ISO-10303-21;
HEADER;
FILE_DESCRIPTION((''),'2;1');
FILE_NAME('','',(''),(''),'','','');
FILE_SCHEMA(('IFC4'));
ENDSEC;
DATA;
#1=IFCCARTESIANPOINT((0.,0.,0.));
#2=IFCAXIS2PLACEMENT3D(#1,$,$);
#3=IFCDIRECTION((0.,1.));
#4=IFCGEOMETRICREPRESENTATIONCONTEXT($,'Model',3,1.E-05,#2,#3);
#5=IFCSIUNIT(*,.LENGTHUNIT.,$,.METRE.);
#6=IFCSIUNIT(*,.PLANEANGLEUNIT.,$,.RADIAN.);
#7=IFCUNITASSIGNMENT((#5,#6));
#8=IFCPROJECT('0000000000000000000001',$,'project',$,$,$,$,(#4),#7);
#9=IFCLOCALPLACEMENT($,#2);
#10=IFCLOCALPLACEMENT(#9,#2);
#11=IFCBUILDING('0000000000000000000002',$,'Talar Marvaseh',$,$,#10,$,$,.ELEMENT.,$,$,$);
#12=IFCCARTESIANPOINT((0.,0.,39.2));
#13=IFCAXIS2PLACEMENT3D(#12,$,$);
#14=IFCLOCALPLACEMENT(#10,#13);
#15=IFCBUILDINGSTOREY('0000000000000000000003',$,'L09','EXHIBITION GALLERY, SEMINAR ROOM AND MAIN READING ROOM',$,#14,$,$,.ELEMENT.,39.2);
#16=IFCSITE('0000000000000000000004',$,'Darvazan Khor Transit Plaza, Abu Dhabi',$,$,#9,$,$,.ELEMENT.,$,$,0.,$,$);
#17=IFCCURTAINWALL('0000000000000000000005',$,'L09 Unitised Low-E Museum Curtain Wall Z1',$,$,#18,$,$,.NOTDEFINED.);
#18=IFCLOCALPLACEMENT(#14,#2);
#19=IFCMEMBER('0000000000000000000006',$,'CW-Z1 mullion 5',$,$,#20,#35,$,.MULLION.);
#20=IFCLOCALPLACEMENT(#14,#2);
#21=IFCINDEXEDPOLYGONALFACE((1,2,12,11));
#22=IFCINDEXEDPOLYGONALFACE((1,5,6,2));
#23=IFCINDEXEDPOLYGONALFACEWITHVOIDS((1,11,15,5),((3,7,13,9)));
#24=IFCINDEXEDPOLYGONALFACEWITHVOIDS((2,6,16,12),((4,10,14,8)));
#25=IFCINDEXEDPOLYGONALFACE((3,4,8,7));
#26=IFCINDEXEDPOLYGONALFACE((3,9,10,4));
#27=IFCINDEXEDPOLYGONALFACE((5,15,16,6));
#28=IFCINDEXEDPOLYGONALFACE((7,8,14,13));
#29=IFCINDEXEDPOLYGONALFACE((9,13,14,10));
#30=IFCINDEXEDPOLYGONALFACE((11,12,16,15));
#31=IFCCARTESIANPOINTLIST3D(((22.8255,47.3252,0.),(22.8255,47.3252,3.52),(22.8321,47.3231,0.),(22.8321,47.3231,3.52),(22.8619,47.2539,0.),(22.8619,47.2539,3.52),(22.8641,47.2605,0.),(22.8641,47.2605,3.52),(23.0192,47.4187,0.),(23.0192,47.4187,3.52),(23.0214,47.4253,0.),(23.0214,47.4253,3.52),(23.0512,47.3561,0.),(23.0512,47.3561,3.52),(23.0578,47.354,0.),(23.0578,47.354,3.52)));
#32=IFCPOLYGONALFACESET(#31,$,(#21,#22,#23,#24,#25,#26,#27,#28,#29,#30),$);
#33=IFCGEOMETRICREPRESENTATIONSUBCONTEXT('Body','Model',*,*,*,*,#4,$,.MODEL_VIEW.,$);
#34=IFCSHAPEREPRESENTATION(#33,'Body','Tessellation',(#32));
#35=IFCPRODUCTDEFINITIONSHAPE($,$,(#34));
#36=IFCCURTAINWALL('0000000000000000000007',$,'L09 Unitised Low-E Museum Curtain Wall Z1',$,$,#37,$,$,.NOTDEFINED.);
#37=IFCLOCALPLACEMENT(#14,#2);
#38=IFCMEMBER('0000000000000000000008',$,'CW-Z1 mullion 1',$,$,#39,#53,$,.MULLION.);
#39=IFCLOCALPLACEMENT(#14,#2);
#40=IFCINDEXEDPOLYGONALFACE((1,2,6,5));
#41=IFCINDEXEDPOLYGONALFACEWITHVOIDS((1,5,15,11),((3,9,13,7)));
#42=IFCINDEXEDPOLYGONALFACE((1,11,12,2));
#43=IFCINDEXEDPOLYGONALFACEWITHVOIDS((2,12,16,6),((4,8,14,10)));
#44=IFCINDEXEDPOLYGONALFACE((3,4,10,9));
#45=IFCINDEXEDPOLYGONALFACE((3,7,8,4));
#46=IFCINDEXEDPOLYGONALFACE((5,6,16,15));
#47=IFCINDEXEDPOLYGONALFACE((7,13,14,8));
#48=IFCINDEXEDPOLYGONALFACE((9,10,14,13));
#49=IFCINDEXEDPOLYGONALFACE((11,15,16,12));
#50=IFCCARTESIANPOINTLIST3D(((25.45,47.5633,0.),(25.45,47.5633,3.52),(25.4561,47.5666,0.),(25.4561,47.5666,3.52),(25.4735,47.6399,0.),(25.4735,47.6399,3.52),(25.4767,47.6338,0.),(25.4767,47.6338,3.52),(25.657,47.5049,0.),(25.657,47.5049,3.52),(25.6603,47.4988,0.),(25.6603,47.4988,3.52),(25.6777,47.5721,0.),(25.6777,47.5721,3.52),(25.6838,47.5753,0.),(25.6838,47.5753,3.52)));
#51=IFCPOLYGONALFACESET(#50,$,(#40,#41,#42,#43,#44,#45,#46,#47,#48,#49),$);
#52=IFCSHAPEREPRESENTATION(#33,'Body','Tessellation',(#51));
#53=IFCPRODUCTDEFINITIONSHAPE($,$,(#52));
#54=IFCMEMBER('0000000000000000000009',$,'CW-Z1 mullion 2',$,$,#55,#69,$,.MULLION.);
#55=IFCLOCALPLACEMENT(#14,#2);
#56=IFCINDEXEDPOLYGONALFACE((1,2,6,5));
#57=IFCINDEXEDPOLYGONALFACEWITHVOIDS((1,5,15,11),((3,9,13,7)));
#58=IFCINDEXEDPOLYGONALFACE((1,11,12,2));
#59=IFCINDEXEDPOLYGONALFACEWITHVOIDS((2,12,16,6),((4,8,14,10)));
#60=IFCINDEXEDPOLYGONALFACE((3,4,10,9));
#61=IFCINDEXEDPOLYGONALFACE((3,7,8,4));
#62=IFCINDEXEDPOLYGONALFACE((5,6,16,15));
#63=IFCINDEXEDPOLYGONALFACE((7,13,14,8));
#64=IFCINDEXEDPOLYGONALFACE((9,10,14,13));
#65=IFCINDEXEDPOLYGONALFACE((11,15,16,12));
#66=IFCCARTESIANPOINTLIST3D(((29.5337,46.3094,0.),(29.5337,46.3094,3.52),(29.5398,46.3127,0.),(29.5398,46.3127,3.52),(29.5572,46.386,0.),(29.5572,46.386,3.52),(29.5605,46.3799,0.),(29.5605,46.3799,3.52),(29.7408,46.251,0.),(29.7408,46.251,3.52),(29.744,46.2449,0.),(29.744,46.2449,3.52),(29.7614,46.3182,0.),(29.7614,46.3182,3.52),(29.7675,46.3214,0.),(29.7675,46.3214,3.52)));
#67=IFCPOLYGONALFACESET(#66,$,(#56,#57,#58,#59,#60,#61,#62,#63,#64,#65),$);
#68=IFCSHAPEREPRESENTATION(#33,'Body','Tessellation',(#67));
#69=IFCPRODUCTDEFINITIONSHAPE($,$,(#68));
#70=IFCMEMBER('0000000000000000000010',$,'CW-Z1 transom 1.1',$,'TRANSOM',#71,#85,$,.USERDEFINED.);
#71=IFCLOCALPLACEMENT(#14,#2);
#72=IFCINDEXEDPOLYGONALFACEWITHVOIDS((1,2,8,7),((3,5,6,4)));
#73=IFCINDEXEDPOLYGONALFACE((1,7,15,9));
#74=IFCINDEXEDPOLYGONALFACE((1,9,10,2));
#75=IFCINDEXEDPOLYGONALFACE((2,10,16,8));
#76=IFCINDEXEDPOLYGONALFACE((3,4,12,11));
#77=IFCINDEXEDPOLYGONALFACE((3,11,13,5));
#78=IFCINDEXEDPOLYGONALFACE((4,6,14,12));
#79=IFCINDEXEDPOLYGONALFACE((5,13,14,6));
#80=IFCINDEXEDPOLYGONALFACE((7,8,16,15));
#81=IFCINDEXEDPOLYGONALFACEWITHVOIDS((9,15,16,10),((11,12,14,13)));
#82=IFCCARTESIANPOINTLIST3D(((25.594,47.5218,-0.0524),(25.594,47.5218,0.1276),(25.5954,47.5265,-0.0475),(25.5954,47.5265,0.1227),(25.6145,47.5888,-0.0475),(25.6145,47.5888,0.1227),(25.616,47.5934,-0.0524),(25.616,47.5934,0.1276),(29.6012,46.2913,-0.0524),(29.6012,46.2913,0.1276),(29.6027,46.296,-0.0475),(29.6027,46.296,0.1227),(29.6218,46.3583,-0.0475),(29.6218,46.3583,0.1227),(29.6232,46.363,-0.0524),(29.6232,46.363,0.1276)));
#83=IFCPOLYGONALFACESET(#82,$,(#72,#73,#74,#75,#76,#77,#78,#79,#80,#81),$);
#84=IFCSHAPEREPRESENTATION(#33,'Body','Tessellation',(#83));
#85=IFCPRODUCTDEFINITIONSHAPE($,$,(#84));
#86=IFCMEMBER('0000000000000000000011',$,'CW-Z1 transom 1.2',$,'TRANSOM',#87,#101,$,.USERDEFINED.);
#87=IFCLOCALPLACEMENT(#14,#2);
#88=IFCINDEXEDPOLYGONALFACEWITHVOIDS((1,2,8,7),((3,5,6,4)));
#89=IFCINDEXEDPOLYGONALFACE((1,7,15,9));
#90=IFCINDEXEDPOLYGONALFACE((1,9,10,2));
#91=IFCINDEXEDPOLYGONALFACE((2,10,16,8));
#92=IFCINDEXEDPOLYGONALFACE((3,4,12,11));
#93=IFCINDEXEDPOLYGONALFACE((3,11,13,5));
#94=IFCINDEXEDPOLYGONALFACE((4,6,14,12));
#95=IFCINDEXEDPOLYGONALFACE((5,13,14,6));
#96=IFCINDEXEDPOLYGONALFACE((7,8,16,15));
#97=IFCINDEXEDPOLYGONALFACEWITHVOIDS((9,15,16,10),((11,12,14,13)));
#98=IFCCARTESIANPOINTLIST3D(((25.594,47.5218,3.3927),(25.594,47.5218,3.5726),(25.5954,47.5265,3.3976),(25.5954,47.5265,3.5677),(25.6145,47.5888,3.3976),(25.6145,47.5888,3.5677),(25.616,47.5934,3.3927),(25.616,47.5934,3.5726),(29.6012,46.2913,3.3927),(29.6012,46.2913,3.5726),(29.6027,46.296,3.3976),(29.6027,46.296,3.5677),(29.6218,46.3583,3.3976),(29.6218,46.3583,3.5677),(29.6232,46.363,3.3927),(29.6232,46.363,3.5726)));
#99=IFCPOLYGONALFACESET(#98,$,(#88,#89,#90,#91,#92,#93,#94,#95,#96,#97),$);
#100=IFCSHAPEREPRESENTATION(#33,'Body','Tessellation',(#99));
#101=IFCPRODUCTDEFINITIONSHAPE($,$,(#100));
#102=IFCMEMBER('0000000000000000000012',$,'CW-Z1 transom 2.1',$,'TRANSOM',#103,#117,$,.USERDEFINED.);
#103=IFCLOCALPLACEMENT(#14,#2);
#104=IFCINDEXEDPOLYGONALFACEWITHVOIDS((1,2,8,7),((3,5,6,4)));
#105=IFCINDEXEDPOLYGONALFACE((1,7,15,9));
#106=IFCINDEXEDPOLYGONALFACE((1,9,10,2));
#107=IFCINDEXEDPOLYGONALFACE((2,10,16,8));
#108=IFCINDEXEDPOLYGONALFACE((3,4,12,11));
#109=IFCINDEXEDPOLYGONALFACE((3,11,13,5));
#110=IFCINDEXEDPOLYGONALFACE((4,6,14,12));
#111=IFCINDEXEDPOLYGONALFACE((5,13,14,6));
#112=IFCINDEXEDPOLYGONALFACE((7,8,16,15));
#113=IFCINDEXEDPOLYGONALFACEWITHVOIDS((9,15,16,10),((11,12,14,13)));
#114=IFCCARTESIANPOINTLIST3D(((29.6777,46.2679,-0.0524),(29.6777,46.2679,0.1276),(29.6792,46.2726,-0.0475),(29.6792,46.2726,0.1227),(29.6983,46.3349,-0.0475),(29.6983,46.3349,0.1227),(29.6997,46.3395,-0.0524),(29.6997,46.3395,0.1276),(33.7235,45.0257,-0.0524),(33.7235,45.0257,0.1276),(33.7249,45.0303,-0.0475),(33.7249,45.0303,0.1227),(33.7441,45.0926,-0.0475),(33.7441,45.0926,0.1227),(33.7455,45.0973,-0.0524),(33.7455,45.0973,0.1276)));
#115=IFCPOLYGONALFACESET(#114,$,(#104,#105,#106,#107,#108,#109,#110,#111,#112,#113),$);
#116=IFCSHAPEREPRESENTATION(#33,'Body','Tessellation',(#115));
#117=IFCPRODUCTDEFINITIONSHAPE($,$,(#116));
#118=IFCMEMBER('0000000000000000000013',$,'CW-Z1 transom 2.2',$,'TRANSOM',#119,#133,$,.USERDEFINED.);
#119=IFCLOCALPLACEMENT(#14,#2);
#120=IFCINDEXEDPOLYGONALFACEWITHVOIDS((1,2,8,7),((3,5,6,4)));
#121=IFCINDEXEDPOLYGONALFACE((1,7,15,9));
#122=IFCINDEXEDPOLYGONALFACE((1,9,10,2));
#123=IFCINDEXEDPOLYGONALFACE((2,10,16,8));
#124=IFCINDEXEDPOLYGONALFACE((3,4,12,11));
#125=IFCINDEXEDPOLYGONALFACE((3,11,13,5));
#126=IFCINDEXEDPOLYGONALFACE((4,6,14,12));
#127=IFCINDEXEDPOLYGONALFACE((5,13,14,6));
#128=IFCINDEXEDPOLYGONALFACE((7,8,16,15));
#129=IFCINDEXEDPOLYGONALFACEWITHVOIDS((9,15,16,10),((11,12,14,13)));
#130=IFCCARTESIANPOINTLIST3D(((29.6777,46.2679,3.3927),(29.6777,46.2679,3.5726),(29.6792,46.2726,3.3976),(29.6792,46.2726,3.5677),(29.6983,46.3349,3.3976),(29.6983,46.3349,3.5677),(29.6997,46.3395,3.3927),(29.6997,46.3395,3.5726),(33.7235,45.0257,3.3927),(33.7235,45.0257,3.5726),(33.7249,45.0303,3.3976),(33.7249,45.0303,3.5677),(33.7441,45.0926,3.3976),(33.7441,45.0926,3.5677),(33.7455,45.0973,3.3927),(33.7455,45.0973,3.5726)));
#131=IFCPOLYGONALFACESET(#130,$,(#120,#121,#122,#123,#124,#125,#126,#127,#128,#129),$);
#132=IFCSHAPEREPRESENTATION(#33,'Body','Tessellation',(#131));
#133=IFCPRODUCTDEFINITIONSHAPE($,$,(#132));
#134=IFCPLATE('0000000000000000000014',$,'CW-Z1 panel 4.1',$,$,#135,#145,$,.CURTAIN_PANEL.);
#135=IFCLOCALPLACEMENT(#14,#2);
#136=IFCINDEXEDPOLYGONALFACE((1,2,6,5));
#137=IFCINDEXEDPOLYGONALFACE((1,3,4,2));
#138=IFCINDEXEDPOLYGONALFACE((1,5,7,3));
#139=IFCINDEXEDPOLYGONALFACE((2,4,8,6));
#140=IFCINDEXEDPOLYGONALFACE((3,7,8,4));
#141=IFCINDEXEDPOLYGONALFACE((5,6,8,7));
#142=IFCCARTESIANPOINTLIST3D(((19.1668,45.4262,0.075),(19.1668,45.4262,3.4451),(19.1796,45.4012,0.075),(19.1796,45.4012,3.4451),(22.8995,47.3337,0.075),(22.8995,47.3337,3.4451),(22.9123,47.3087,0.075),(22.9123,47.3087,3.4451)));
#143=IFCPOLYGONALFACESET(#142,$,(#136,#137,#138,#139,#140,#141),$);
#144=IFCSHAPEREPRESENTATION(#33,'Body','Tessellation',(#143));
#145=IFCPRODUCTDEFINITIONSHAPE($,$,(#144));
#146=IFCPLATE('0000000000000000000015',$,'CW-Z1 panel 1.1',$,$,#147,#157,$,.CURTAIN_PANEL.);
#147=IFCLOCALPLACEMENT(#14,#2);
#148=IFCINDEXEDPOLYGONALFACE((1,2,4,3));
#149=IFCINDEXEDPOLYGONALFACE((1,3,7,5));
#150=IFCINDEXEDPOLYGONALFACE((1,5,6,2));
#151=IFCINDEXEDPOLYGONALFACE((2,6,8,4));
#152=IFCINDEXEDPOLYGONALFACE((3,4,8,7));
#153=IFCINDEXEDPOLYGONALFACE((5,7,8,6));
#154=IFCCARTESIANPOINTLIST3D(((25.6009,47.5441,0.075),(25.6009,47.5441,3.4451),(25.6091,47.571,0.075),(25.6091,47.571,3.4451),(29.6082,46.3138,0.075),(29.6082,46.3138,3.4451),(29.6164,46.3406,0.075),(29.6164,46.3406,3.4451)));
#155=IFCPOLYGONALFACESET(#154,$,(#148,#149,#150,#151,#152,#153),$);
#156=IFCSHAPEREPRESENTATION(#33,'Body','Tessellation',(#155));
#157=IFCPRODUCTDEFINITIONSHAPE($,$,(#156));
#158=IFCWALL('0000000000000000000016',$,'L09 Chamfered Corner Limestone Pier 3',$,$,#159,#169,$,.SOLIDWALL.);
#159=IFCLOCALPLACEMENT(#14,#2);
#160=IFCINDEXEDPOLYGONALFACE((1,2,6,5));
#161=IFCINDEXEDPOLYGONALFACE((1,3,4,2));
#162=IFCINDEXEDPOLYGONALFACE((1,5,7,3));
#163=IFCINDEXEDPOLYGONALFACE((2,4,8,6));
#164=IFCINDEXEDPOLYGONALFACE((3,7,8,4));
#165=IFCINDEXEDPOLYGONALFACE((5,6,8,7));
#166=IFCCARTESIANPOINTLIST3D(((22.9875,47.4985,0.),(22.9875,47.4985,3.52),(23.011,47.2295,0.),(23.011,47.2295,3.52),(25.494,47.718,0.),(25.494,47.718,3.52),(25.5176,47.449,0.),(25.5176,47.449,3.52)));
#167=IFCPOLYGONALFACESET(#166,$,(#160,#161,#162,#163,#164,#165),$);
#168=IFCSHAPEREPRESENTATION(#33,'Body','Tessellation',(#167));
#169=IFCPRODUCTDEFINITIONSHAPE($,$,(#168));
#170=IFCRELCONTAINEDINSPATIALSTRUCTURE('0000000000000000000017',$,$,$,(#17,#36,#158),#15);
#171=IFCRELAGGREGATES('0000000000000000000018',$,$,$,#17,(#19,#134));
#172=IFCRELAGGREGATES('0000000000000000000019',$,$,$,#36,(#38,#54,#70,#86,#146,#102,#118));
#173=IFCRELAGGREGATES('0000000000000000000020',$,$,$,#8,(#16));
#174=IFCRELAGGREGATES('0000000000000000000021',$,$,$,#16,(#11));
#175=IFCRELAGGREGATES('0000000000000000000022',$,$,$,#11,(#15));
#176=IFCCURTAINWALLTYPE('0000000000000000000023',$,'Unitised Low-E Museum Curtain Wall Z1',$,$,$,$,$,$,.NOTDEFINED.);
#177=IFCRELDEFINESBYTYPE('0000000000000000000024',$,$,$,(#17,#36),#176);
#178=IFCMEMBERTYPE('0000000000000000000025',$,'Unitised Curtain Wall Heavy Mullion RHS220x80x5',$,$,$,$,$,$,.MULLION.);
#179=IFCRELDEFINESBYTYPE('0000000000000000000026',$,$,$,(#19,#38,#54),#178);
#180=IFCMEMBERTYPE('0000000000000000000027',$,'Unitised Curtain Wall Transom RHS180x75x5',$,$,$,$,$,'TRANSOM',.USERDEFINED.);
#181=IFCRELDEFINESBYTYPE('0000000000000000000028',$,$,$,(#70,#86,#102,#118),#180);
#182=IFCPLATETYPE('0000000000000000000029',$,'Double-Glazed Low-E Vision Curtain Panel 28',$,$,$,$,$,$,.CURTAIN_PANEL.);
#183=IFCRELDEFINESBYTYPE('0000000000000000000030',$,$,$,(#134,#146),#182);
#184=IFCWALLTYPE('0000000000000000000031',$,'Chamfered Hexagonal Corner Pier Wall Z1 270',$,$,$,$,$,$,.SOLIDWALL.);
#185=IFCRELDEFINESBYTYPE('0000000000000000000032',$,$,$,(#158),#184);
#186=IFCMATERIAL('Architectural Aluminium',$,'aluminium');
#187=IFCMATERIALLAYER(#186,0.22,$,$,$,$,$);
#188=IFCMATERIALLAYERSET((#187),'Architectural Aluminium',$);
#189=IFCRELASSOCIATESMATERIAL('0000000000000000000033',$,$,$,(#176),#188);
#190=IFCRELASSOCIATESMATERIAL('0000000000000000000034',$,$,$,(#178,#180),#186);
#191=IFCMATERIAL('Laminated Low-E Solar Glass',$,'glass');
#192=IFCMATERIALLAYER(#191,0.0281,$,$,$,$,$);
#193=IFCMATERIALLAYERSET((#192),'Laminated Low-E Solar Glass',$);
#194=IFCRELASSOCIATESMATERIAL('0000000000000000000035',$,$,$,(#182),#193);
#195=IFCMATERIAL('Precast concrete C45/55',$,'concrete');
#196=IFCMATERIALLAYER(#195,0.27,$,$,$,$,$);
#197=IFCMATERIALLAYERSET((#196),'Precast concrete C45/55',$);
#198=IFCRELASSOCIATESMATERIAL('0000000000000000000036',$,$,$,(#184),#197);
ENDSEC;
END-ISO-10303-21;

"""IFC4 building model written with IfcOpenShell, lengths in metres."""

from ifc_helpers import new_model, si_unit, direction, frame, frame_2d, origin, origin_2d, place, context, subcontext, project, spatial, rectangle, hollow_rectangle, extrude, source, transform, mapped, material, layer, layer_set, material_profile, profile_set, type_object, type_shapes, element, aggregate, save


model = new_model("IFC4")

# Units and contexts
model_context = context("Model", 3, precision=1e-05, world=origin(), true_north=direction((0.0, 1.0)))
body_context = subcontext(model_context, "Body", "Model", "MODEL_VIEW")
ifc_project = project(units=[si_unit("LENGTHUNIT", "METRE"), si_unit("PLANEANGLEUNIT", "RADIAN")], contexts=[model_context])

# Site, building, storey
site_placement = place(None, origin())
site = spatial("IfcSite", under=ifc_project, at=site_placement, Name="Darvazan Khor Transit Plaza, Abu Dhabi", CompositionType="ELEMENT", RefElevation=0.0)
building_placement = place(site_placement, origin())
building = spatial("IfcBuilding", under=site, at=building_placement, Name="Talar Marvaseh", CompositionType="ELEMENT")
storey_placement = place(building_placement, frame((0.0, 0.0, 39.2)))
storey = spatial("IfcBuildingStorey", under=building, at=storey_placement, Name="L09", Description="EXHIBITION GALLERY, SEMINAR ROOM AND MAIN READING ROOM", CompositionType="ELEMENT", Elevation=39.2)

# Curtain wall, member
ifc_material_1 = material(Name="Architectural Aluminium", Category="aluminium")
ifc_layer_1 = layer(ifc_material_1, 0.22)
ifc_layer_set_1 = layer_set([ifc_layer_1], Name="Architectural Aluminium")
curtain_wall_type = type_object("IfcCurtainWallType", Name="Unitised Low-E Museum Curtain Wall Z1", PredefinedType="NOTDEFINED", material=ifc_layer_set_1)
curtain_wall_1_placement = place(storey_placement, origin())
curtain_wall_1 = element("IfcCurtainWall", 1, at=curtain_wall_1_placement, inside=storey, type_object=curtain_wall_type, Name="L09 Unitised Low-E Museum Curtain Wall Z1", PredefinedType="NOTDEFINED")
ifc_material_profile_1 = material_profile(ifc_material_1, hollow_rectangle(XDim=0.0801, YDim=0.22, WallThickness=0.0049, at=origin_2d()), Name="RHS220x80x5")
ifc_profile_set_1 = profile_set([ifc_material_profile_1], Name="Architectural Aluminium")
member_type_1 = type_object("IfcMemberType", Name="Unitised Curtain Wall Heavy Mullion RHS220x80x5", PredefinedType="MULLION", material=ifc_profile_set_1)
shared_shape_1 = source(origin(), body_context, "Body", "SweptSolid", [
    extrude(hollow_rectangle(XDim=0.0801, YDim=0.22, WallThickness=0.0049, at=origin_2d()), origin(), (0.0, 0.0, 1.0), 3.52),
])
type_shapes(member_type_1, [shared_shape_1])
member_1_placement = place(storey_placement, frame((22.9417, 47.3396, 0.0), z_axis=(0.0, 0.0, 1.0), x_axis=(-0.455044, 0.890469, 0.0)))
member_1 = element("IfcMember", 2, at=member_1_placement, type_object=member_type_1, Name="CW-Z1 mullion 5", PredefinedType="MULLION", context=body_context, shape_type="MappedRepresentation", body=[
    mapped(shared_shape_1, transform((0.0, 0.0, 0.0), x_axis=(1.0, 0.0, 0.0), y_axis=(0.0, 1.0, 0.0), z_axis=(0.0, 0.0, 1.0), scale=1.0)),
])

# Curtain wall, members
curtain_wall_2_placement = place(storey_placement, origin())
curtain_wall_2 = element("IfcCurtainWall", 3, at=curtain_wall_2_placement, inside=storey, type_object=curtain_wall_type, Name="L09 Unitised Low-E Museum Curtain Wall Z1", PredefinedType="NOTDEFINED")
member_2_placement = place(storey_placement, frame((25.5669, 47.5693, 0.0), z_axis=(0.0, 0.0, 1.0), x_axis=(0.293508, 0.955956, 0.0)))
member_2 = element("IfcMember", 4, at=member_2_placement, type_object=member_type_1, Name="CW-Z1 mullion 1", PredefinedType="MULLION", context=body_context, shape_type="MappedRepresentation", body=[
    mapped(shared_shape_1, transform((0.0, 0.0, 0.0), x_axis=(1.0, 0.0, 0.0), y_axis=(0.0, 1.0, 0.0), z_axis=(0.0, 0.0, 1.0), scale=1.0)),
])
member_3_placement = place(storey_placement, frame((29.6506, 46.3154, 0.0), z_axis=(0.0, 0.0, 1.0), x_axis=(0.293508, 0.955956, 0.0)))
member_3 = element("IfcMember", 5, at=member_3_placement, type_object=member_type_1, Name="CW-Z1 mullion 2", PredefinedType="MULLION", context=body_context, shape_type="MappedRepresentation", body=[
    mapped(shared_shape_1, transform((0.0, 0.0, 0.0), x_axis=(1.0, 0.0, 0.0), y_axis=(0.0, 1.0, 0.0), z_axis=(0.0, 0.0, 1.0), scale=1.0)),
])
ifc_material_profile_2 = material_profile(ifc_material_1, hollow_rectangle(XDim=0.075, YDim=0.1799, WallThickness=0.0049, at=origin_2d()), Name="RHS180x75x5")
ifc_profile_set_2 = profile_set([ifc_material_profile_2], Name="Architectural Aluminium")
member_type_2 = type_object("IfcMemberType", Name="Unitised Curtain Wall Transom RHS180x75x5", ElementType="TRANSOM", PredefinedType="USERDEFINED", material=ifc_profile_set_2)
shared_shape_2 = source(origin(), body_context, "Body", "SweptSolid", [
    extrude(hollow_rectangle(XDim=0.075, YDim=0.1799, WallThickness=0.0049, at=origin_2d()), origin(), (0.0, 0.0, 1.0), 4.1919),
])
member_4_placement = place(storey_placement, frame((25.605, 47.5576, 0.0376), z_axis=(0.95595, -0.293529, 0.0), x_axis=(0.293529, 0.95595, 0.0)))
member_4 = element("IfcMember", 6, at=member_4_placement, type_object=member_type_2, Name="CW-Z1 transom 1.1", ObjectType="TRANSOM", PredefinedType="USERDEFINED", context=body_context, shape_type="MappedRepresentation", body=[
    mapped(shared_shape_2, transform((0.0, 0.0, 0.0), x_axis=(1.0, 0.0, 0.0), y_axis=(0.0, 1.0, 0.0), z_axis=(0.0, 0.0, 1.0), scale=1.0)),
])
member_5_placement = place(storey_placement, frame((25.605, 47.5576, 3.4827), z_axis=(0.95595, -0.293529, 0.0), x_axis=(0.293529, 0.95595, 0.0)))
member_5 = element("IfcMember", 7, at=member_5_placement, type_object=member_type_2, Name="CW-Z1 transom 1.2", ObjectType="TRANSOM", PredefinedType="USERDEFINED", context=body_context, shape_type="MappedRepresentation", body=[
    mapped(shared_shape_2, transform((0.0, 0.0, 0.0), x_axis=(1.0, 0.0, 0.0), y_axis=(0.0, 1.0, 0.0), z_axis=(0.0, 0.0, 1.0), scale=1.0)),
])
shared_shape_3 = source(origin(), body_context, "Body", "SweptSolid", [
    extrude(hollow_rectangle(XDim=0.075, YDim=0.1799, WallThickness=0.0049, at=origin_2d()), origin(), (0.0, 0.0, 1.0), 4.2322),
])
type_shapes(member_type_2, [shared_shape_2, shared_shape_3])
member_6_placement = place(storey_placement, frame((29.6887, 46.3037, 0.0376), z_axis=(0.955953, -0.293518, 0.0), x_axis=(0.293518, 0.955953, 0.0)))
member_6 = element("IfcMember", 8, at=member_6_placement, type_object=member_type_2, Name="CW-Z1 transom 2.1", ObjectType="TRANSOM", PredefinedType="USERDEFINED", context=body_context, shape_type="MappedRepresentation", body=[
    mapped(shared_shape_3, transform((0.0, 0.0, 0.0), x_axis=(1.0, 0.0, 0.0), y_axis=(0.0, 1.0, 0.0), z_axis=(0.0, 0.0, 1.0), scale=1.0)),
])
member_7_placement = place(storey_placement, frame((29.6887, 46.3037, 3.4827), z_axis=(0.955953, -0.293518, 0.0), x_axis=(0.293518, 0.955953, 0.0)))
member_7 = element("IfcMember", 9, at=member_7_placement, type_object=member_type_2, Name="CW-Z1 transom 2.2", ObjectType="TRANSOM", PredefinedType="USERDEFINED", context=body_context, shape_type="MappedRepresentation", body=[
    mapped(shared_shape_3, transform((0.0, 0.0, 0.0), x_axis=(1.0, 0.0, 0.0), y_axis=(0.0, 1.0, 0.0), z_axis=(0.0, 0.0, 1.0), scale=1.0)),
])

# Plates
ifc_material_2 = material(Name="Laminated Low-E Solar Glass", Category="glass")
ifc_layer_2 = layer(ifc_material_2, 0.0281)
ifc_layer_set_2 = layer_set([ifc_layer_2], Name="Laminated Low-E Solar Glass")
plate_type = type_object("IfcPlateType", Name="Double-Glazed Low-E Vision Curtain Panel 28", PredefinedType="CURTAIN_PANEL", material=ifc_layer_set_2)
shared_shape_4 = source(origin(), body_context, "Body", "SweptSolid", [
    extrude(rectangle(XDim=4.1919, YDim=0.0281, at=origin_2d()), origin(), (0.0, 0.0, 1.0), 3.3701),
])
type_shapes(plate_type, [shared_shape_4])
plate_1_placement = place(storey_placement, frame((21.0396, 46.3674, 0.075), z_axis=(0.0, 0.0, 1.0), x_axis=(0.890469, 0.455044, 0.0)))
plate_1 = element("IfcPlate", 10, at=plate_1_placement, type_object=plate_type, Name="CW-Z1 panel 4.1", PredefinedType="CURTAIN_PANEL", context=body_context, shape_type="MappedRepresentation", body=[
    mapped(shared_shape_4, transform((0.0, 0.0, 0.0), x_axis=(1.0, 0.0, 0.0), y_axis=(0.0, 1.0, 0.0), z_axis=(0.0, 0.0, 1.0), scale=1.0)),
])
aggregate(curtain_wall_1, [member_1, plate_1])
plate_2_placement = place(storey_placement, frame((27.6086, 46.9424, 0.075), z_axis=(0.0, 0.0, 1.0), x_axis=(0.955956, -0.293508, 0.0)))
plate_2 = element("IfcPlate", 11, at=plate_2_placement, type_object=plate_type, Name="CW-Z1 panel 1.1", PredefinedType="CURTAIN_PANEL", context=body_context, shape_type="MappedRepresentation", body=[
    mapped(shared_shape_4, transform((0.0, 0.0, 0.0), x_axis=(1.0, 0.0, 0.0), y_axis=(0.0, 1.0, 0.0), z_axis=(0.0, 0.0, 1.0), scale=1.0)),
])
aggregate(curtain_wall_2, [member_2, member_3, member_4, member_5, plate_2, member_6, member_7])

# Wall
ifc_material_3 = material(Name="Precast concrete C45/55", Category="concrete")
ifc_layer_3 = layer(ifc_material_3, 0.27)
ifc_layer_set_3 = layer_set([ifc_layer_3], Name="Precast concrete C45/55")
wall_type = type_object("IfcWallType", Name="Chamfered Hexagonal Corner Pier Wall Z1 270", PredefinedType="SOLIDWALL", material=ifc_layer_set_3)
wall_placement = place(storey_placement, frame((22.9993, 47.364, 0.0), z_axis=(0.0, 0.0, 1.0), x_axis=(0.996188, 0.087228, 0.0)))
element("IfcWall", 12, at=wall_placement, inside=storey, type_object=wall_type, Name="L09 Chamfered Corner Limestone Pier 3", PredefinedType="SOLIDWALL", context=body_context, shape_type="SweptSolid", body=[
    extrude(rectangle(XDim=2.5161, YDim=0.27, at=frame_2d((1.2581, 0.0))), origin(), (0.0, 0.0, 1.0), 3.52),
])

save(model, "model.ifc")
